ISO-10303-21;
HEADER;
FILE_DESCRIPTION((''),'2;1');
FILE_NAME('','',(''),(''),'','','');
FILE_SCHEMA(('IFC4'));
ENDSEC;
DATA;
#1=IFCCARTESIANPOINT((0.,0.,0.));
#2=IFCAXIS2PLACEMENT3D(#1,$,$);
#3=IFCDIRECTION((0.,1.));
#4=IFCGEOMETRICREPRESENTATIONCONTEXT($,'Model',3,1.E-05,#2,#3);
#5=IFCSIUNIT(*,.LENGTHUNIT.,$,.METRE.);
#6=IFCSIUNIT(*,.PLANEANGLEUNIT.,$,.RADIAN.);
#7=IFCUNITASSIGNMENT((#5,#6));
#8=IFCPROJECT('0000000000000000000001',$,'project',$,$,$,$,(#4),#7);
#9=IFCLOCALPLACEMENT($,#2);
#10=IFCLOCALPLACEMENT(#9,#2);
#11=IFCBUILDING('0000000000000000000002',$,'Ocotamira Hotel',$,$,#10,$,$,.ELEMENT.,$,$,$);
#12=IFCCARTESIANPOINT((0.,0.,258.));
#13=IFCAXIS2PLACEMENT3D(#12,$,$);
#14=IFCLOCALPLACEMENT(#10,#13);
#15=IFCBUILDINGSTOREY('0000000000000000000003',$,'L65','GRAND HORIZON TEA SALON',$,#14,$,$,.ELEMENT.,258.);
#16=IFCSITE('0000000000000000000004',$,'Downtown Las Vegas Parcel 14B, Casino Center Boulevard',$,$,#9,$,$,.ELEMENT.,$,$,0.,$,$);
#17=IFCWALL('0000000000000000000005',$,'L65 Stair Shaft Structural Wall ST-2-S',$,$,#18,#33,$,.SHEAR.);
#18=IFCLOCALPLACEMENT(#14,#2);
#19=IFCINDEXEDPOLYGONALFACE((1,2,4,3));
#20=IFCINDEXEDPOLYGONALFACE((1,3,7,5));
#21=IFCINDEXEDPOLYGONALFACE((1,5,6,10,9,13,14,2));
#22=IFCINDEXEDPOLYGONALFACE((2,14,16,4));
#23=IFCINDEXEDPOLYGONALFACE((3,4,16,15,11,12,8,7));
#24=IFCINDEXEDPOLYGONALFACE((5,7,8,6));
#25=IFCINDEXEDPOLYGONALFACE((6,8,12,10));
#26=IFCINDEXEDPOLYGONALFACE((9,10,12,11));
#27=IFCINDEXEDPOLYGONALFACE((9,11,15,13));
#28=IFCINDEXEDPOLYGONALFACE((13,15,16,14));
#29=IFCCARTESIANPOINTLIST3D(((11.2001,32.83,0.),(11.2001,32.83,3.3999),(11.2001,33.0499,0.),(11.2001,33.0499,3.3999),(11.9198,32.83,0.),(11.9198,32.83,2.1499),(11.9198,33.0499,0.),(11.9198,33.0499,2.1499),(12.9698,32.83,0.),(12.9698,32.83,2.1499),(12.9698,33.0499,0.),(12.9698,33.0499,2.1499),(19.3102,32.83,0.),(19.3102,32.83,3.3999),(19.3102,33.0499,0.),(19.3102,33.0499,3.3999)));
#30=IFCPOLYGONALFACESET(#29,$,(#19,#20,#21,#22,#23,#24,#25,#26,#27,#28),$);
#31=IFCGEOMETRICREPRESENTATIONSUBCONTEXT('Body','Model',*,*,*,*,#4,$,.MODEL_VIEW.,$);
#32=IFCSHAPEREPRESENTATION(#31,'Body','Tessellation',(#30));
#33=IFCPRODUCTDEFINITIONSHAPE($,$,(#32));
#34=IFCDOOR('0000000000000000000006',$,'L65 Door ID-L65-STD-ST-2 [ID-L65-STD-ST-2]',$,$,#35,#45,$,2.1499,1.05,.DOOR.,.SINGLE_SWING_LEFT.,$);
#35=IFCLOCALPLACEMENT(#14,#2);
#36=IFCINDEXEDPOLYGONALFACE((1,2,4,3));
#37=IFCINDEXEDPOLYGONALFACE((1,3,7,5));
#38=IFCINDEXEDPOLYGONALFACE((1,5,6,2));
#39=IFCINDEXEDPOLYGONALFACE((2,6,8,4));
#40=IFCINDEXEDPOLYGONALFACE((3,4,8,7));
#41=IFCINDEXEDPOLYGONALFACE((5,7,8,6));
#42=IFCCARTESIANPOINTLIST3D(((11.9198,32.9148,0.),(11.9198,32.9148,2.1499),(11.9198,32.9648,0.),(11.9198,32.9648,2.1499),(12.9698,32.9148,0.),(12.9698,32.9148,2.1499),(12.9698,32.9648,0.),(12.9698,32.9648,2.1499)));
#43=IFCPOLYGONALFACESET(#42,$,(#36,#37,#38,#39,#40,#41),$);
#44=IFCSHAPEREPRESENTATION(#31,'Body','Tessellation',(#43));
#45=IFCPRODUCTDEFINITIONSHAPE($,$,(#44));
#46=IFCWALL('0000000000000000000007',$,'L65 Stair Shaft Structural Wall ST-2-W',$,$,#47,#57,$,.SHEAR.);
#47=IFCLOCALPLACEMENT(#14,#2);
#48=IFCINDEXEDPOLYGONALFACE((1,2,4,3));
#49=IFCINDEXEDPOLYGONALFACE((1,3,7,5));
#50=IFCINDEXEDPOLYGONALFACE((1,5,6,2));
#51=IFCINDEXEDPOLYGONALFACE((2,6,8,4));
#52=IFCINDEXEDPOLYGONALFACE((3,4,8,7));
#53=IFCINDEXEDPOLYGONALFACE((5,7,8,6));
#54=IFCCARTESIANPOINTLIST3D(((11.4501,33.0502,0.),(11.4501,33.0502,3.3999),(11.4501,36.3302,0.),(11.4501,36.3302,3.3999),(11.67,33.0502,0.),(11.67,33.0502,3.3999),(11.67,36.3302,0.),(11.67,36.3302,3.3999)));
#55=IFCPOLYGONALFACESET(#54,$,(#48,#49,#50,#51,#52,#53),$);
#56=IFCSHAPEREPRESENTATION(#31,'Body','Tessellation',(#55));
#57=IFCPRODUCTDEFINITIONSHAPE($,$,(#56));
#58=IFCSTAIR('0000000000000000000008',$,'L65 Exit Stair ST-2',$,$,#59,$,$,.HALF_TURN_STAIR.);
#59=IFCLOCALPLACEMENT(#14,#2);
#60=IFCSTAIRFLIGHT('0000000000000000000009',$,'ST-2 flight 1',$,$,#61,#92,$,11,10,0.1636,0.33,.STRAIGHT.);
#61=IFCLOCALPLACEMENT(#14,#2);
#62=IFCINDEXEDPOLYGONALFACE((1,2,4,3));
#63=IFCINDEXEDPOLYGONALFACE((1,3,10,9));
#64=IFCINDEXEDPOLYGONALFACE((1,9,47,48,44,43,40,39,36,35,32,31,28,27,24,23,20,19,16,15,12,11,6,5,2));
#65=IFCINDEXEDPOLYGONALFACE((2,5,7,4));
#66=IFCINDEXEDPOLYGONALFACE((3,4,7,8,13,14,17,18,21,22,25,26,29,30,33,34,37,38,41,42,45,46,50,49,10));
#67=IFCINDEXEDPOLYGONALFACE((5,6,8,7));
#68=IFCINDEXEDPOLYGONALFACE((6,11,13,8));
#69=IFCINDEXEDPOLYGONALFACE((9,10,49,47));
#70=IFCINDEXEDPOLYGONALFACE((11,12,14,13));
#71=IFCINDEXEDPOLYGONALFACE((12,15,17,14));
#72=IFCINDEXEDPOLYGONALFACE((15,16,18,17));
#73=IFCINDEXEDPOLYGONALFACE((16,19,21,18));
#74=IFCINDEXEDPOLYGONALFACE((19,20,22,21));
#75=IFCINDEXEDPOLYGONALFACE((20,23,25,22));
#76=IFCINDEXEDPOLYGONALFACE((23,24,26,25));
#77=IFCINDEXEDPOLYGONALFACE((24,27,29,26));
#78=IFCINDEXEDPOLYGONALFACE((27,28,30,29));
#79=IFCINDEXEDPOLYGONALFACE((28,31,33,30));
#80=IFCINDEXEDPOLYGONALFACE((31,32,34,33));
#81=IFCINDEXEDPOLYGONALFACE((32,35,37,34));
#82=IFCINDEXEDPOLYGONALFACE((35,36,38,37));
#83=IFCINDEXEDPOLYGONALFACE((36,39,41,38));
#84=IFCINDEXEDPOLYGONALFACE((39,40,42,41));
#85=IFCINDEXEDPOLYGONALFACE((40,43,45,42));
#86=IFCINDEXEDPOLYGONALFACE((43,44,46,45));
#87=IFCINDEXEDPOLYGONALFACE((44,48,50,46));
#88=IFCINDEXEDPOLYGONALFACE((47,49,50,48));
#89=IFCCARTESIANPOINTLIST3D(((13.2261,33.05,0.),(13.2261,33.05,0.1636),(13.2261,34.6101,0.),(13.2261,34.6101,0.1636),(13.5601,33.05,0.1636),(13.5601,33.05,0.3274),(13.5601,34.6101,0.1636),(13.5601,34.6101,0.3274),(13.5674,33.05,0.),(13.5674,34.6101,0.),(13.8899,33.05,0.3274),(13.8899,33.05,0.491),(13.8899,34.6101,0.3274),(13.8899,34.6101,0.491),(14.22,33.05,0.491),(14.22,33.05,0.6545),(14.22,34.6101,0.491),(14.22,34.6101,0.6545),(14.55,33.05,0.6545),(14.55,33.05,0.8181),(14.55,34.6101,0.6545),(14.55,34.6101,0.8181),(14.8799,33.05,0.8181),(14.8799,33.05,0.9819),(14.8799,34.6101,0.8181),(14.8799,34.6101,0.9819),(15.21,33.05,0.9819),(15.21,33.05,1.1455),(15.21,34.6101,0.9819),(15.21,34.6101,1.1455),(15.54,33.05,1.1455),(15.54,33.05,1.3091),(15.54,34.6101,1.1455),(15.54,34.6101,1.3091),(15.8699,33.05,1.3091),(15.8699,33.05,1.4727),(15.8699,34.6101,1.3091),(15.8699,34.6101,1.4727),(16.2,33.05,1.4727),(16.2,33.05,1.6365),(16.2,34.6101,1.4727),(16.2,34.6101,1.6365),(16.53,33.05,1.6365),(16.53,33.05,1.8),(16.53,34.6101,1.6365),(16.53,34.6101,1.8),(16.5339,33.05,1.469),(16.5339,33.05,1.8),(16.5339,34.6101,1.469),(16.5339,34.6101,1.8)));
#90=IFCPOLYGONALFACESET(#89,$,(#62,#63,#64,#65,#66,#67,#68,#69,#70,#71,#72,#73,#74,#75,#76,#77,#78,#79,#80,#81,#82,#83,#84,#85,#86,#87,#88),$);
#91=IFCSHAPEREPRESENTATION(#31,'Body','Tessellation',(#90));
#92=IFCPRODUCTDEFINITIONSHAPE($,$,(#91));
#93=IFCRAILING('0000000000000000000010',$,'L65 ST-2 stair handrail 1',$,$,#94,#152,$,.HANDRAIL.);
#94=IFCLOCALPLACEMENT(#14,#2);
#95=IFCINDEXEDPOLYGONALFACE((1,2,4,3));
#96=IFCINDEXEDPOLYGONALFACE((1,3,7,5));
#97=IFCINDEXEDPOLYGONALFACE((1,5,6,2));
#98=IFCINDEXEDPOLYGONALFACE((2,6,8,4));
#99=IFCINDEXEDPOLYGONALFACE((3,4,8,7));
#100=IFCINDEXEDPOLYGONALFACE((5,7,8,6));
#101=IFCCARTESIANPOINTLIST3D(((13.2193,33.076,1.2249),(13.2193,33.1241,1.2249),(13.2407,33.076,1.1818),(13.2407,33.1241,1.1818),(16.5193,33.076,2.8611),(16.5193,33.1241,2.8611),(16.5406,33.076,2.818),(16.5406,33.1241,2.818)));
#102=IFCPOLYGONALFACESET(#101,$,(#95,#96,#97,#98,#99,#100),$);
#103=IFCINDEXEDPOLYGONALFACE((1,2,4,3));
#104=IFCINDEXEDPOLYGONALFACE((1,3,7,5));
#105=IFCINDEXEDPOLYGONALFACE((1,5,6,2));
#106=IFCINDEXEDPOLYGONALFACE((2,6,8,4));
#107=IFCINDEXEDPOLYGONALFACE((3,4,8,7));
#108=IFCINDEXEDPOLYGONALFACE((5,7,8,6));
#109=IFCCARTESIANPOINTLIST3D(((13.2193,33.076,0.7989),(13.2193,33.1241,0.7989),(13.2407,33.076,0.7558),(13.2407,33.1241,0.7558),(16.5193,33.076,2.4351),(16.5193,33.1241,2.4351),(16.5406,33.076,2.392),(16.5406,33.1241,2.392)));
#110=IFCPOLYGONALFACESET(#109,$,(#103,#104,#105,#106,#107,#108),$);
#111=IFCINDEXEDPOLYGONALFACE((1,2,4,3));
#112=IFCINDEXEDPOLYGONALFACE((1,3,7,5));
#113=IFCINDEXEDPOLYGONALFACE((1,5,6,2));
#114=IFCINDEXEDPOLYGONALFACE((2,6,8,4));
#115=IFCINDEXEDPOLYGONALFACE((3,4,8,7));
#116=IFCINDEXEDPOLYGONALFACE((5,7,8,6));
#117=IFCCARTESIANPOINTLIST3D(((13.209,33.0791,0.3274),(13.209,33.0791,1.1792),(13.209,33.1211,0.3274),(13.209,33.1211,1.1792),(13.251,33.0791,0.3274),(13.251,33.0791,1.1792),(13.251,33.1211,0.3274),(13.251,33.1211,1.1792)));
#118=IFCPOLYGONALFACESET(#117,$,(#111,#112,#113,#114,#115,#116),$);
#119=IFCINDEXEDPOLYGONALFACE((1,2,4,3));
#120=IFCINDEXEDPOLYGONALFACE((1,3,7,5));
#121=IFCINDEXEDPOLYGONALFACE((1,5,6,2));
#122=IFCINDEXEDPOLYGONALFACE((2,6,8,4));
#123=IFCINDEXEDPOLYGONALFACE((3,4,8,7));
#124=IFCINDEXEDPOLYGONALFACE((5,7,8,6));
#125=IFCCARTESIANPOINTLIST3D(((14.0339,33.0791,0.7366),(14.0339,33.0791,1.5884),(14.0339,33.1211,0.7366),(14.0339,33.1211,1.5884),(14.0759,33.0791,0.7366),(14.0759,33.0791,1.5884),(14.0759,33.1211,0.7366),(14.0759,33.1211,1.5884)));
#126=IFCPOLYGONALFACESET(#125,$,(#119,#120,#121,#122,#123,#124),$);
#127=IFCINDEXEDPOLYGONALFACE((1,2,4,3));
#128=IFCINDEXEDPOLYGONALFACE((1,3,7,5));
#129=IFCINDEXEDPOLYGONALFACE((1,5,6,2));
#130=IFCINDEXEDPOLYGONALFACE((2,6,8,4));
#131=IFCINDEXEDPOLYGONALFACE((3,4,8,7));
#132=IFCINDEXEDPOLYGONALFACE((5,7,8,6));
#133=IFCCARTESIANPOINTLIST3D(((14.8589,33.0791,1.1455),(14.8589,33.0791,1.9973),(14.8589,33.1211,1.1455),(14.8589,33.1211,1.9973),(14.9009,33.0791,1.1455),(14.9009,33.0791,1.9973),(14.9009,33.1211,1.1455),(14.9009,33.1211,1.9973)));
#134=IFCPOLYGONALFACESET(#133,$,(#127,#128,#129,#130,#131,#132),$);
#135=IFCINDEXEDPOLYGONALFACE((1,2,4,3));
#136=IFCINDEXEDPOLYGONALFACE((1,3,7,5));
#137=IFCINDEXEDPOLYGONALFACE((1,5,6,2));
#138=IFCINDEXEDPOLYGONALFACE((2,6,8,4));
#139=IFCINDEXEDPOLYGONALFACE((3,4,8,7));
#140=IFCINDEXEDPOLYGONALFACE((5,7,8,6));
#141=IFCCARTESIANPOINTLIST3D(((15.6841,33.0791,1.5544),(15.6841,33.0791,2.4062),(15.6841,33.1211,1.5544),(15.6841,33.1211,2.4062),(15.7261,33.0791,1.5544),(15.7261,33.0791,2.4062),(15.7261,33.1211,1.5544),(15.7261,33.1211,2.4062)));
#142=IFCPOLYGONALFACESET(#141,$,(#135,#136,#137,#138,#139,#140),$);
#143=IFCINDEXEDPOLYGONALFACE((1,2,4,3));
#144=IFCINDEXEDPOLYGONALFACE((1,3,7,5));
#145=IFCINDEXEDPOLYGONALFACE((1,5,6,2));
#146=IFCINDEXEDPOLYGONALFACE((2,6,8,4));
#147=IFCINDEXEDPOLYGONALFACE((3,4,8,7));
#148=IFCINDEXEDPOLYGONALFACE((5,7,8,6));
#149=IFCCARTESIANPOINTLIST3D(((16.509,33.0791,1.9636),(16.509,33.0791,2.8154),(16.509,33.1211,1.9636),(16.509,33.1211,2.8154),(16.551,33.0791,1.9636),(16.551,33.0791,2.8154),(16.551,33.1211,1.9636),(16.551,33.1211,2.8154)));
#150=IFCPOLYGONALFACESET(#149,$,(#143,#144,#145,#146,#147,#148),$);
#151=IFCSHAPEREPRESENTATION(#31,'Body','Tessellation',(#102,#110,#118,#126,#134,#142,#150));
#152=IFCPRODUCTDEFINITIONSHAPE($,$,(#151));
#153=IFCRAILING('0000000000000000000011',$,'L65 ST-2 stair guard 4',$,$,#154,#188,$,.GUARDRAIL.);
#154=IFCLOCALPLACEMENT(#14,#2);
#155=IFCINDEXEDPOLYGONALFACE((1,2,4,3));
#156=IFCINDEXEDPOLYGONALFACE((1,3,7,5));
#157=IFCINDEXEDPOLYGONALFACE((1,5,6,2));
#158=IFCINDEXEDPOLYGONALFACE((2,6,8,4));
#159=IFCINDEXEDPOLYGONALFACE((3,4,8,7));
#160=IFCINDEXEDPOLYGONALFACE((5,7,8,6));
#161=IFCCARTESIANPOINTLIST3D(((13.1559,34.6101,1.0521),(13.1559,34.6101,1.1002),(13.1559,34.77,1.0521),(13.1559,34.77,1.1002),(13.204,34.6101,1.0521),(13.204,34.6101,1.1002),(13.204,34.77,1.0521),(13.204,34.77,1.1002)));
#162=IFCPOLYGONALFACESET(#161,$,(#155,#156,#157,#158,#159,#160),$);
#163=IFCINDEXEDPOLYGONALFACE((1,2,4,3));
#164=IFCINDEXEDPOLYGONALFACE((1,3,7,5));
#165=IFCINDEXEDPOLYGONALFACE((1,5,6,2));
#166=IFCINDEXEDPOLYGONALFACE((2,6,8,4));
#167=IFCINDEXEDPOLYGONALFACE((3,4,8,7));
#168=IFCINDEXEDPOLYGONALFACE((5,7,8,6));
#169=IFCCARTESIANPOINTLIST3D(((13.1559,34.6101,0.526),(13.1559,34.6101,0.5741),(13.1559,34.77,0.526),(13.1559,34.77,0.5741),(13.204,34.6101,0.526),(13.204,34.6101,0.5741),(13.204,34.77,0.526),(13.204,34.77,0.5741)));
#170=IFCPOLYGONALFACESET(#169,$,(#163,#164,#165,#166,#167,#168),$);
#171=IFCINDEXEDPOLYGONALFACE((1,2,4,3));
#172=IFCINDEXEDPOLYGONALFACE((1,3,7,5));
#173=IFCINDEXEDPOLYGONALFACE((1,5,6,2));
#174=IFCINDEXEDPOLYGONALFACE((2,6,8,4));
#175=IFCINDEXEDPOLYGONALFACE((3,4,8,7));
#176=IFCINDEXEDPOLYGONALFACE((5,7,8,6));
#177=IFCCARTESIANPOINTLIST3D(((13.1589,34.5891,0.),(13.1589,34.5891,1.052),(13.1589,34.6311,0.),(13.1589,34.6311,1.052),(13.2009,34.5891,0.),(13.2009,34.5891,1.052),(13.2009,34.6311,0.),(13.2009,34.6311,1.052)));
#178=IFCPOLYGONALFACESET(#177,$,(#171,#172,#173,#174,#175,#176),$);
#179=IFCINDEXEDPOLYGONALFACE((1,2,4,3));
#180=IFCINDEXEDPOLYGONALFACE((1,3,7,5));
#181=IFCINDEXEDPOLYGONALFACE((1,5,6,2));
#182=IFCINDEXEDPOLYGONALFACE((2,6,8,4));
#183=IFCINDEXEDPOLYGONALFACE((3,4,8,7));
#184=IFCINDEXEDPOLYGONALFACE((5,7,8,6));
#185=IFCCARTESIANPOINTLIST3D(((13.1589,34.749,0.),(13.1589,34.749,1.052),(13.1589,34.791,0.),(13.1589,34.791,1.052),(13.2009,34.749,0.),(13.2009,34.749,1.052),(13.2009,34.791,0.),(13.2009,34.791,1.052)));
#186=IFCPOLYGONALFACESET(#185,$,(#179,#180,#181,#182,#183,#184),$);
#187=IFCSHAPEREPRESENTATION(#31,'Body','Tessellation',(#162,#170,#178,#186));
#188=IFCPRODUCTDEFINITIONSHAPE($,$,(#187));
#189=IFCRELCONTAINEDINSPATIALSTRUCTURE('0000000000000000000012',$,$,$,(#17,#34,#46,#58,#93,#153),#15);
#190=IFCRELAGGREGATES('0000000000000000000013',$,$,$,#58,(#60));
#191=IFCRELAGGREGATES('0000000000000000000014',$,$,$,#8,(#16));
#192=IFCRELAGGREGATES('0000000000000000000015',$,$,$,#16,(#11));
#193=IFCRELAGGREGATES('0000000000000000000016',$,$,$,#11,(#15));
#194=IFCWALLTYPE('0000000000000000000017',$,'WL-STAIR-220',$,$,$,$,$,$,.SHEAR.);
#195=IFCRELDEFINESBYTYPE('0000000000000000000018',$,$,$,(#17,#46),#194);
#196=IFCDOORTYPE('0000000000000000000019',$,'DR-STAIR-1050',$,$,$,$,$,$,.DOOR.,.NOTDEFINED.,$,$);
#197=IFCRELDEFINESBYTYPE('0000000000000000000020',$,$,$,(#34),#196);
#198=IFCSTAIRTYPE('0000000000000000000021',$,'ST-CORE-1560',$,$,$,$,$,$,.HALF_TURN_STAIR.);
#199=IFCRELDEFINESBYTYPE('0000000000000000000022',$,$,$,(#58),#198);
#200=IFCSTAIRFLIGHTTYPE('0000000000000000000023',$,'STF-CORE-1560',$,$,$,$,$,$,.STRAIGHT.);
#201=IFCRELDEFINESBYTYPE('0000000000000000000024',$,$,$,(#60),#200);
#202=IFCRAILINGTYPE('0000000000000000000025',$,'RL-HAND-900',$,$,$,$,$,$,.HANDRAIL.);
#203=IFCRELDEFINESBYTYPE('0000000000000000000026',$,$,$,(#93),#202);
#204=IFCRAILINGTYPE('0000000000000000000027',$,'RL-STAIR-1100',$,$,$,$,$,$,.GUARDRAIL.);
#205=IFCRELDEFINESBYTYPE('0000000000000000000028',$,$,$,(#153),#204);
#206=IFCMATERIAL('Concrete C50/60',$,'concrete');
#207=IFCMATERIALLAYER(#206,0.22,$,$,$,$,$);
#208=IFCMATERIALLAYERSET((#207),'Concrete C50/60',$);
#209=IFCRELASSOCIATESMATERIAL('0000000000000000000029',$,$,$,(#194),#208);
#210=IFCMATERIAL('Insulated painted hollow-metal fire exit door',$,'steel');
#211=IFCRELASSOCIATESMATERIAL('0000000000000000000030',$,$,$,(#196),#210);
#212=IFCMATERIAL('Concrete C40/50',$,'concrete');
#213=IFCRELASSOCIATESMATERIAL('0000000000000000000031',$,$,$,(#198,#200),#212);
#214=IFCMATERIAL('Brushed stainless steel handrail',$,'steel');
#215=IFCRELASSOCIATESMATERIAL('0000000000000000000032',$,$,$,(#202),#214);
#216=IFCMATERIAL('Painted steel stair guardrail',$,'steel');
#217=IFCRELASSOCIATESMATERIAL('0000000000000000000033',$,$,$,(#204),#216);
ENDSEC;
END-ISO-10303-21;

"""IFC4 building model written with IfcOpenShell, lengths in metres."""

from ifc_helpers import new_model, si_unit, direction, frame, frame_2d, origin, origin_2d, place, context, subcontext, project, spatial, polyline, rectangle, outline, extrude, source, transform, mapped, material, layer, layer_set, type_object, element, fill, aggregate, save


model = new_model("IFC4")

# Units and contexts
model_context = context("Model", 3, precision=1e-05, world=origin(), true_north=direction((0.0, 1.0)))
body_context = subcontext(model_context, "Body", "Model", "MODEL_VIEW")
ifc_project = project(units=[si_unit("LENGTHUNIT", "METRE"), si_unit("PLANEANGLEUNIT", "RADIAN")], contexts=[model_context])

# Site, building, storey
site_placement = place(None, origin())
site = spatial("IfcSite", under=ifc_project, at=site_placement, Name="Downtown Las Vegas Parcel 14B, Casino Center Boulevard", CompositionType="ELEMENT", RefElevation=0.0)
building_placement = place(site_placement, origin())
building = spatial("IfcBuilding", under=site, at=building_placement, Name="Ocotamira Hotel", CompositionType="ELEMENT")
storey_placement = place(building_placement, frame((0.0, 0.0, 258.0)))
storey = spatial("IfcBuildingStorey", under=building, at=storey_placement, Name="L65", Description="GRAND HORIZON TEA SALON", CompositionType="ELEMENT", Elevation=258.0)

# Wall, opening, door
ifc_material_1 = material(Name="Concrete C50/60", Category="concrete")
ifc_layer_1 = layer(ifc_material_1, 0.22)
ifc_layer_set_1 = layer_set([ifc_layer_1], Name="Concrete C50/60")
wall_type_1 = type_object("IfcWallType", Name="WL-STAIR-220", PredefinedType="SHEAR", material=ifc_layer_set_1)
wall_1_placement = place(storey_placement, frame((11.2, 32.9399, 0.0), z_axis=(0.0, 0.0, 1.0), x_axis=(1.0, 0.0, 0.0)))
wall_1 = element("IfcWall", 1, at=wall_1_placement, inside=storey, type_object=wall_type_1, Name="L65 Stair Shaft Structural Wall ST-2-S", PredefinedType="SHEAR", context=body_context, shape_type="SweptSolid", body=[
    extrude(rectangle(XDim=8.1101, YDim=0.22, at=frame_2d((4.0552, 0.0))), origin(), (0.0, 0.0, 1.0), 3.3999),
])
opening_placement = place(wall_1_placement, frame((0.72, 0.0, 0.0)))
opening = element("IfcOpeningElement", 2, at=opening_placement, cuts=wall_1, PredefinedType="OPENING", context=body_context, shape_type="SweptSolid", body=[
    extrude(rectangle(XDim=1.05, YDim=2.1499, at=frame_2d((0.5249, 1.075))), frame((0.0, 0.1201, 0.0), z_axis=(0.0, -1.0, 0.0), x_axis=(1.0, 0.0, 0.0)), (0.0, 0.0, 1.0), 0.24),
])
ifc_material_2 = material(Name="Insulated painted hollow-metal fire exit door", Category="steel")
door_type = type_object("IfcDoorType", Name="DR-STAIR-1050", OperationType="NOTDEFINED", PredefinedType="DOOR", material=ifc_material_2)
shared_shape_1 = source(origin(), body_context, "Body", "SweptSolid", [
    extrude(rectangle(XDim=1.05, YDim=2.1499, at=frame_2d((0.5249, 1.075))), frame((0.0, 0.0249, 0.0), z_axis=(0.0, -1.0, 0.0), x_axis=(1.0, 0.0, 0.0)), (0.0, 0.0, 1.0), 0.05),
])
door_placement = place(opening_placement, origin())
door = element("IfcDoor", 3, at=door_placement, inside=storey, type_object=door_type, Name="L65 Door ID-L65-STD-ST-2 [ID-L65-STD-ST-2]", OperationType="SINGLE_SWING_LEFT", OverallHeight=2.1499, OverallWidth=1.05, PredefinedType="DOOR", context=body_context, shape_type="MappedRepresentation", body=[
    mapped(shared_shape_1, transform((0.0, 0.0, 0.0), scale=1.0)),
])
fill(opening, door)

# Wall
wall_2_placement = place(storey_placement, frame((11.5601, 33.05, 0.0), z_axis=(0.0, 0.0, 1.0), x_axis=(0.0, 1.0, 0.0)))
element("IfcWall", 4, at=wall_2_placement, inside=storey, type_object=wall_type_1, Name="L65 Stair Shaft Structural Wall ST-2-W", PredefinedType="SHEAR", context=body_context, shape_type="SweptSolid", body=[
    extrude(rectangle(XDim=3.28, YDim=0.22, at=frame_2d((1.6401, 0.0))), origin(), (0.0, 0.0, 1.0), 3.3999),
])

# Stair, stair flight
ifc_material_3 = material(Name="Concrete C40/50", Category="concrete")
stair_type = type_object("IfcStairType", Name="ST-CORE-1560", PredefinedType="HALF_TURN_STAIR", material=ifc_material_3)
stair_placement = place(storey_placement, origin())
stair = element("IfcStair", 5, at=stair_placement, inside=storey, type_object=stair_type, Name="L65 Exit Stair ST-2", PredefinedType="HALF_TURN_STAIR")
stair_flight_type = type_object("IfcStairFlightType", Name="STF-CORE-1560", PredefinedType="STRAIGHT", material=ifc_material_3)
shared_shape_2 = source(origin(), body_context, "Body", "SweptSolid", [
    extrude(outline(polyline([(-0.0039, 0.0), (-0.0039, 0.1636), (0.3301, 0.1636), (0.3301, 0.3274), (0.6599, 0.3274), (0.6599, 0.491), (0.99, 0.491), (0.99, 0.6545), (1.3201, 0.6545), (1.3201, 0.8181), (1.6499, 0.8181), (1.6499, 0.9819), (1.98, 0.9819), (1.98, 1.1455), (2.3101, 1.1455), (2.3101, 1.3091), (2.6399, 1.3091), (2.6399, 1.4727), (2.97, 1.4727), (2.97, 1.6365), (3.3, 1.6365), (3.3, 1.8), (3.304, 1.8), (3.304, 1.469), (0.3374, 0.0), (-0.0039, 0.0)])), frame((0.0, 0.78, 0.0), z_axis=(0.0, -1.0, 0.0), x_axis=(1.0, 0.0, 0.0)), (0.0, 0.0, 1.0), 1.5601),
])
stair_flight_placement = place(storey_placement, frame((13.23, 33.8301, 0.0), z_axis=(0.0, 0.0, 1.0), x_axis=(1.0, 0.0, 0.0)))
stair_flight = element("IfcStairFlight", 6, at=stair_flight_placement, type_object=stair_flight_type, Name="ST-2 flight 1", NumberOfRisers=11, NumberOfTreads=10, PredefinedType="STRAIGHT", RiserHeight=0.1636, TreadLength=0.33, context=body_context, shape_type="MappedRepresentation", body=[
    mapped(shared_shape_2, transform((0.0, 0.0, 0.0), scale=1.0)),
])
aggregate(stair, [stair_flight])

# Railings
ifc_material_4 = material(Name="Brushed stainless steel handrail", Category="steel")
railing_type_1 = type_object("IfcRailingType", Name="RL-HAND-900", PredefinedType="HANDRAIL", material=ifc_material_4)
railing_1_placement = place(storey_placement, frame((13.23, 33.1001, 0.3274)))
element("IfcRailing", 7, at=railing_1_placement, inside=storey, type_object=railing_type_1, Name="L65 ST-2 stair handrail 1", PredefinedType="HANDRAIL", context=body_context, shape_type="SweptSolid", body=[
    extrude(rectangle(XDim=0.0481, YDim=0.0481, at=origin_2d()), frame((0.0, 0.0, 0.876), z_axis=(0.89592, 0.0, 0.444215), x_axis=(0.0, 1.0, 0.0)), (0.0, 0.0, 1.0), 3.6833),
    extrude(rectangle(XDim=0.0481, YDim=0.0481, at=origin_2d()), frame((0.0, 0.0, 0.45), z_axis=(0.89592, 0.0, 0.444215), x_axis=(0.0, 1.0, 0.0)), (0.0, 0.0, 1.0), 3.6833),
    extrude(rectangle(XDim=0.042, YDim=0.042, at=origin_2d()), origin(), (0.0, 0.0, 1.0), 0.8518),
    extrude(rectangle(XDim=0.042, YDim=0.042, at=origin_2d()), frame((0.825, 0.0, 0.4092)), (0.0, 0.0, 1.0), 0.8518),
    extrude(rectangle(XDim=0.042, YDim=0.042, at=origin_2d()), frame((1.6499, 0.0, 0.8181)), (0.0, 0.0, 1.0), 0.8518),
    extrude(rectangle(XDim=0.042, YDim=0.042, at=origin_2d()), frame((2.4751, 0.0, 1.2271)), (0.0, 0.0, 1.0), 0.8518),
    extrude(rectangle(XDim=0.042, YDim=0.042, at=origin_2d()), frame((3.3, 0.0, 1.6362)), (0.0, 0.0, 1.0), 0.8518),
])
ifc_material_5 = material(Name="Painted steel stair guardrail", Category="steel")
railing_type_2 = type_object("IfcRailingType", Name="RL-STAIR-1100", PredefinedType="GUARDRAIL", material=ifc_material_5)
railing_2_placement = place(storey_placement, frame((13.1799, 34.6101, 0.0)))
element("IfcRailing", 8, at=railing_2_placement, inside=storey, type_object=railing_type_2, Name="L65 ST-2 stair guard 4", PredefinedType="GUARDRAIL", context=body_context, shape_type="SweptSolid", body=[
    extrude(rectangle(XDim=0.0481, YDim=0.0481, at=origin_2d()), frame((0.0, 0.0, 1.0762), z_axis=(0.0, 1.0, 0.0), x_axis=(-1.0, 0.0, 0.0)), (0.0, 0.0, 1.0), 0.1599),
    extrude(rectangle(XDim=0.0481, YDim=0.0481, at=origin_2d()), frame((0.0, 0.0, 0.55), z_axis=(0.0, 1.0, 0.0), x_axis=(-1.0, 0.0, 0.0)), (0.0, 0.0, 1.0), 0.1599),
    extrude(rectangle(XDim=0.042, YDim=0.042, at=origin_2d()), origin(), (0.0, 0.0, 1.0), 1.052),
    extrude(rectangle(XDim=0.042, YDim=0.042, at=origin_2d()), frame((0.0, 0.1599, 0.0)), (0.0, 0.0, 1.0), 1.052),
])

save(model, "model.ifc")
